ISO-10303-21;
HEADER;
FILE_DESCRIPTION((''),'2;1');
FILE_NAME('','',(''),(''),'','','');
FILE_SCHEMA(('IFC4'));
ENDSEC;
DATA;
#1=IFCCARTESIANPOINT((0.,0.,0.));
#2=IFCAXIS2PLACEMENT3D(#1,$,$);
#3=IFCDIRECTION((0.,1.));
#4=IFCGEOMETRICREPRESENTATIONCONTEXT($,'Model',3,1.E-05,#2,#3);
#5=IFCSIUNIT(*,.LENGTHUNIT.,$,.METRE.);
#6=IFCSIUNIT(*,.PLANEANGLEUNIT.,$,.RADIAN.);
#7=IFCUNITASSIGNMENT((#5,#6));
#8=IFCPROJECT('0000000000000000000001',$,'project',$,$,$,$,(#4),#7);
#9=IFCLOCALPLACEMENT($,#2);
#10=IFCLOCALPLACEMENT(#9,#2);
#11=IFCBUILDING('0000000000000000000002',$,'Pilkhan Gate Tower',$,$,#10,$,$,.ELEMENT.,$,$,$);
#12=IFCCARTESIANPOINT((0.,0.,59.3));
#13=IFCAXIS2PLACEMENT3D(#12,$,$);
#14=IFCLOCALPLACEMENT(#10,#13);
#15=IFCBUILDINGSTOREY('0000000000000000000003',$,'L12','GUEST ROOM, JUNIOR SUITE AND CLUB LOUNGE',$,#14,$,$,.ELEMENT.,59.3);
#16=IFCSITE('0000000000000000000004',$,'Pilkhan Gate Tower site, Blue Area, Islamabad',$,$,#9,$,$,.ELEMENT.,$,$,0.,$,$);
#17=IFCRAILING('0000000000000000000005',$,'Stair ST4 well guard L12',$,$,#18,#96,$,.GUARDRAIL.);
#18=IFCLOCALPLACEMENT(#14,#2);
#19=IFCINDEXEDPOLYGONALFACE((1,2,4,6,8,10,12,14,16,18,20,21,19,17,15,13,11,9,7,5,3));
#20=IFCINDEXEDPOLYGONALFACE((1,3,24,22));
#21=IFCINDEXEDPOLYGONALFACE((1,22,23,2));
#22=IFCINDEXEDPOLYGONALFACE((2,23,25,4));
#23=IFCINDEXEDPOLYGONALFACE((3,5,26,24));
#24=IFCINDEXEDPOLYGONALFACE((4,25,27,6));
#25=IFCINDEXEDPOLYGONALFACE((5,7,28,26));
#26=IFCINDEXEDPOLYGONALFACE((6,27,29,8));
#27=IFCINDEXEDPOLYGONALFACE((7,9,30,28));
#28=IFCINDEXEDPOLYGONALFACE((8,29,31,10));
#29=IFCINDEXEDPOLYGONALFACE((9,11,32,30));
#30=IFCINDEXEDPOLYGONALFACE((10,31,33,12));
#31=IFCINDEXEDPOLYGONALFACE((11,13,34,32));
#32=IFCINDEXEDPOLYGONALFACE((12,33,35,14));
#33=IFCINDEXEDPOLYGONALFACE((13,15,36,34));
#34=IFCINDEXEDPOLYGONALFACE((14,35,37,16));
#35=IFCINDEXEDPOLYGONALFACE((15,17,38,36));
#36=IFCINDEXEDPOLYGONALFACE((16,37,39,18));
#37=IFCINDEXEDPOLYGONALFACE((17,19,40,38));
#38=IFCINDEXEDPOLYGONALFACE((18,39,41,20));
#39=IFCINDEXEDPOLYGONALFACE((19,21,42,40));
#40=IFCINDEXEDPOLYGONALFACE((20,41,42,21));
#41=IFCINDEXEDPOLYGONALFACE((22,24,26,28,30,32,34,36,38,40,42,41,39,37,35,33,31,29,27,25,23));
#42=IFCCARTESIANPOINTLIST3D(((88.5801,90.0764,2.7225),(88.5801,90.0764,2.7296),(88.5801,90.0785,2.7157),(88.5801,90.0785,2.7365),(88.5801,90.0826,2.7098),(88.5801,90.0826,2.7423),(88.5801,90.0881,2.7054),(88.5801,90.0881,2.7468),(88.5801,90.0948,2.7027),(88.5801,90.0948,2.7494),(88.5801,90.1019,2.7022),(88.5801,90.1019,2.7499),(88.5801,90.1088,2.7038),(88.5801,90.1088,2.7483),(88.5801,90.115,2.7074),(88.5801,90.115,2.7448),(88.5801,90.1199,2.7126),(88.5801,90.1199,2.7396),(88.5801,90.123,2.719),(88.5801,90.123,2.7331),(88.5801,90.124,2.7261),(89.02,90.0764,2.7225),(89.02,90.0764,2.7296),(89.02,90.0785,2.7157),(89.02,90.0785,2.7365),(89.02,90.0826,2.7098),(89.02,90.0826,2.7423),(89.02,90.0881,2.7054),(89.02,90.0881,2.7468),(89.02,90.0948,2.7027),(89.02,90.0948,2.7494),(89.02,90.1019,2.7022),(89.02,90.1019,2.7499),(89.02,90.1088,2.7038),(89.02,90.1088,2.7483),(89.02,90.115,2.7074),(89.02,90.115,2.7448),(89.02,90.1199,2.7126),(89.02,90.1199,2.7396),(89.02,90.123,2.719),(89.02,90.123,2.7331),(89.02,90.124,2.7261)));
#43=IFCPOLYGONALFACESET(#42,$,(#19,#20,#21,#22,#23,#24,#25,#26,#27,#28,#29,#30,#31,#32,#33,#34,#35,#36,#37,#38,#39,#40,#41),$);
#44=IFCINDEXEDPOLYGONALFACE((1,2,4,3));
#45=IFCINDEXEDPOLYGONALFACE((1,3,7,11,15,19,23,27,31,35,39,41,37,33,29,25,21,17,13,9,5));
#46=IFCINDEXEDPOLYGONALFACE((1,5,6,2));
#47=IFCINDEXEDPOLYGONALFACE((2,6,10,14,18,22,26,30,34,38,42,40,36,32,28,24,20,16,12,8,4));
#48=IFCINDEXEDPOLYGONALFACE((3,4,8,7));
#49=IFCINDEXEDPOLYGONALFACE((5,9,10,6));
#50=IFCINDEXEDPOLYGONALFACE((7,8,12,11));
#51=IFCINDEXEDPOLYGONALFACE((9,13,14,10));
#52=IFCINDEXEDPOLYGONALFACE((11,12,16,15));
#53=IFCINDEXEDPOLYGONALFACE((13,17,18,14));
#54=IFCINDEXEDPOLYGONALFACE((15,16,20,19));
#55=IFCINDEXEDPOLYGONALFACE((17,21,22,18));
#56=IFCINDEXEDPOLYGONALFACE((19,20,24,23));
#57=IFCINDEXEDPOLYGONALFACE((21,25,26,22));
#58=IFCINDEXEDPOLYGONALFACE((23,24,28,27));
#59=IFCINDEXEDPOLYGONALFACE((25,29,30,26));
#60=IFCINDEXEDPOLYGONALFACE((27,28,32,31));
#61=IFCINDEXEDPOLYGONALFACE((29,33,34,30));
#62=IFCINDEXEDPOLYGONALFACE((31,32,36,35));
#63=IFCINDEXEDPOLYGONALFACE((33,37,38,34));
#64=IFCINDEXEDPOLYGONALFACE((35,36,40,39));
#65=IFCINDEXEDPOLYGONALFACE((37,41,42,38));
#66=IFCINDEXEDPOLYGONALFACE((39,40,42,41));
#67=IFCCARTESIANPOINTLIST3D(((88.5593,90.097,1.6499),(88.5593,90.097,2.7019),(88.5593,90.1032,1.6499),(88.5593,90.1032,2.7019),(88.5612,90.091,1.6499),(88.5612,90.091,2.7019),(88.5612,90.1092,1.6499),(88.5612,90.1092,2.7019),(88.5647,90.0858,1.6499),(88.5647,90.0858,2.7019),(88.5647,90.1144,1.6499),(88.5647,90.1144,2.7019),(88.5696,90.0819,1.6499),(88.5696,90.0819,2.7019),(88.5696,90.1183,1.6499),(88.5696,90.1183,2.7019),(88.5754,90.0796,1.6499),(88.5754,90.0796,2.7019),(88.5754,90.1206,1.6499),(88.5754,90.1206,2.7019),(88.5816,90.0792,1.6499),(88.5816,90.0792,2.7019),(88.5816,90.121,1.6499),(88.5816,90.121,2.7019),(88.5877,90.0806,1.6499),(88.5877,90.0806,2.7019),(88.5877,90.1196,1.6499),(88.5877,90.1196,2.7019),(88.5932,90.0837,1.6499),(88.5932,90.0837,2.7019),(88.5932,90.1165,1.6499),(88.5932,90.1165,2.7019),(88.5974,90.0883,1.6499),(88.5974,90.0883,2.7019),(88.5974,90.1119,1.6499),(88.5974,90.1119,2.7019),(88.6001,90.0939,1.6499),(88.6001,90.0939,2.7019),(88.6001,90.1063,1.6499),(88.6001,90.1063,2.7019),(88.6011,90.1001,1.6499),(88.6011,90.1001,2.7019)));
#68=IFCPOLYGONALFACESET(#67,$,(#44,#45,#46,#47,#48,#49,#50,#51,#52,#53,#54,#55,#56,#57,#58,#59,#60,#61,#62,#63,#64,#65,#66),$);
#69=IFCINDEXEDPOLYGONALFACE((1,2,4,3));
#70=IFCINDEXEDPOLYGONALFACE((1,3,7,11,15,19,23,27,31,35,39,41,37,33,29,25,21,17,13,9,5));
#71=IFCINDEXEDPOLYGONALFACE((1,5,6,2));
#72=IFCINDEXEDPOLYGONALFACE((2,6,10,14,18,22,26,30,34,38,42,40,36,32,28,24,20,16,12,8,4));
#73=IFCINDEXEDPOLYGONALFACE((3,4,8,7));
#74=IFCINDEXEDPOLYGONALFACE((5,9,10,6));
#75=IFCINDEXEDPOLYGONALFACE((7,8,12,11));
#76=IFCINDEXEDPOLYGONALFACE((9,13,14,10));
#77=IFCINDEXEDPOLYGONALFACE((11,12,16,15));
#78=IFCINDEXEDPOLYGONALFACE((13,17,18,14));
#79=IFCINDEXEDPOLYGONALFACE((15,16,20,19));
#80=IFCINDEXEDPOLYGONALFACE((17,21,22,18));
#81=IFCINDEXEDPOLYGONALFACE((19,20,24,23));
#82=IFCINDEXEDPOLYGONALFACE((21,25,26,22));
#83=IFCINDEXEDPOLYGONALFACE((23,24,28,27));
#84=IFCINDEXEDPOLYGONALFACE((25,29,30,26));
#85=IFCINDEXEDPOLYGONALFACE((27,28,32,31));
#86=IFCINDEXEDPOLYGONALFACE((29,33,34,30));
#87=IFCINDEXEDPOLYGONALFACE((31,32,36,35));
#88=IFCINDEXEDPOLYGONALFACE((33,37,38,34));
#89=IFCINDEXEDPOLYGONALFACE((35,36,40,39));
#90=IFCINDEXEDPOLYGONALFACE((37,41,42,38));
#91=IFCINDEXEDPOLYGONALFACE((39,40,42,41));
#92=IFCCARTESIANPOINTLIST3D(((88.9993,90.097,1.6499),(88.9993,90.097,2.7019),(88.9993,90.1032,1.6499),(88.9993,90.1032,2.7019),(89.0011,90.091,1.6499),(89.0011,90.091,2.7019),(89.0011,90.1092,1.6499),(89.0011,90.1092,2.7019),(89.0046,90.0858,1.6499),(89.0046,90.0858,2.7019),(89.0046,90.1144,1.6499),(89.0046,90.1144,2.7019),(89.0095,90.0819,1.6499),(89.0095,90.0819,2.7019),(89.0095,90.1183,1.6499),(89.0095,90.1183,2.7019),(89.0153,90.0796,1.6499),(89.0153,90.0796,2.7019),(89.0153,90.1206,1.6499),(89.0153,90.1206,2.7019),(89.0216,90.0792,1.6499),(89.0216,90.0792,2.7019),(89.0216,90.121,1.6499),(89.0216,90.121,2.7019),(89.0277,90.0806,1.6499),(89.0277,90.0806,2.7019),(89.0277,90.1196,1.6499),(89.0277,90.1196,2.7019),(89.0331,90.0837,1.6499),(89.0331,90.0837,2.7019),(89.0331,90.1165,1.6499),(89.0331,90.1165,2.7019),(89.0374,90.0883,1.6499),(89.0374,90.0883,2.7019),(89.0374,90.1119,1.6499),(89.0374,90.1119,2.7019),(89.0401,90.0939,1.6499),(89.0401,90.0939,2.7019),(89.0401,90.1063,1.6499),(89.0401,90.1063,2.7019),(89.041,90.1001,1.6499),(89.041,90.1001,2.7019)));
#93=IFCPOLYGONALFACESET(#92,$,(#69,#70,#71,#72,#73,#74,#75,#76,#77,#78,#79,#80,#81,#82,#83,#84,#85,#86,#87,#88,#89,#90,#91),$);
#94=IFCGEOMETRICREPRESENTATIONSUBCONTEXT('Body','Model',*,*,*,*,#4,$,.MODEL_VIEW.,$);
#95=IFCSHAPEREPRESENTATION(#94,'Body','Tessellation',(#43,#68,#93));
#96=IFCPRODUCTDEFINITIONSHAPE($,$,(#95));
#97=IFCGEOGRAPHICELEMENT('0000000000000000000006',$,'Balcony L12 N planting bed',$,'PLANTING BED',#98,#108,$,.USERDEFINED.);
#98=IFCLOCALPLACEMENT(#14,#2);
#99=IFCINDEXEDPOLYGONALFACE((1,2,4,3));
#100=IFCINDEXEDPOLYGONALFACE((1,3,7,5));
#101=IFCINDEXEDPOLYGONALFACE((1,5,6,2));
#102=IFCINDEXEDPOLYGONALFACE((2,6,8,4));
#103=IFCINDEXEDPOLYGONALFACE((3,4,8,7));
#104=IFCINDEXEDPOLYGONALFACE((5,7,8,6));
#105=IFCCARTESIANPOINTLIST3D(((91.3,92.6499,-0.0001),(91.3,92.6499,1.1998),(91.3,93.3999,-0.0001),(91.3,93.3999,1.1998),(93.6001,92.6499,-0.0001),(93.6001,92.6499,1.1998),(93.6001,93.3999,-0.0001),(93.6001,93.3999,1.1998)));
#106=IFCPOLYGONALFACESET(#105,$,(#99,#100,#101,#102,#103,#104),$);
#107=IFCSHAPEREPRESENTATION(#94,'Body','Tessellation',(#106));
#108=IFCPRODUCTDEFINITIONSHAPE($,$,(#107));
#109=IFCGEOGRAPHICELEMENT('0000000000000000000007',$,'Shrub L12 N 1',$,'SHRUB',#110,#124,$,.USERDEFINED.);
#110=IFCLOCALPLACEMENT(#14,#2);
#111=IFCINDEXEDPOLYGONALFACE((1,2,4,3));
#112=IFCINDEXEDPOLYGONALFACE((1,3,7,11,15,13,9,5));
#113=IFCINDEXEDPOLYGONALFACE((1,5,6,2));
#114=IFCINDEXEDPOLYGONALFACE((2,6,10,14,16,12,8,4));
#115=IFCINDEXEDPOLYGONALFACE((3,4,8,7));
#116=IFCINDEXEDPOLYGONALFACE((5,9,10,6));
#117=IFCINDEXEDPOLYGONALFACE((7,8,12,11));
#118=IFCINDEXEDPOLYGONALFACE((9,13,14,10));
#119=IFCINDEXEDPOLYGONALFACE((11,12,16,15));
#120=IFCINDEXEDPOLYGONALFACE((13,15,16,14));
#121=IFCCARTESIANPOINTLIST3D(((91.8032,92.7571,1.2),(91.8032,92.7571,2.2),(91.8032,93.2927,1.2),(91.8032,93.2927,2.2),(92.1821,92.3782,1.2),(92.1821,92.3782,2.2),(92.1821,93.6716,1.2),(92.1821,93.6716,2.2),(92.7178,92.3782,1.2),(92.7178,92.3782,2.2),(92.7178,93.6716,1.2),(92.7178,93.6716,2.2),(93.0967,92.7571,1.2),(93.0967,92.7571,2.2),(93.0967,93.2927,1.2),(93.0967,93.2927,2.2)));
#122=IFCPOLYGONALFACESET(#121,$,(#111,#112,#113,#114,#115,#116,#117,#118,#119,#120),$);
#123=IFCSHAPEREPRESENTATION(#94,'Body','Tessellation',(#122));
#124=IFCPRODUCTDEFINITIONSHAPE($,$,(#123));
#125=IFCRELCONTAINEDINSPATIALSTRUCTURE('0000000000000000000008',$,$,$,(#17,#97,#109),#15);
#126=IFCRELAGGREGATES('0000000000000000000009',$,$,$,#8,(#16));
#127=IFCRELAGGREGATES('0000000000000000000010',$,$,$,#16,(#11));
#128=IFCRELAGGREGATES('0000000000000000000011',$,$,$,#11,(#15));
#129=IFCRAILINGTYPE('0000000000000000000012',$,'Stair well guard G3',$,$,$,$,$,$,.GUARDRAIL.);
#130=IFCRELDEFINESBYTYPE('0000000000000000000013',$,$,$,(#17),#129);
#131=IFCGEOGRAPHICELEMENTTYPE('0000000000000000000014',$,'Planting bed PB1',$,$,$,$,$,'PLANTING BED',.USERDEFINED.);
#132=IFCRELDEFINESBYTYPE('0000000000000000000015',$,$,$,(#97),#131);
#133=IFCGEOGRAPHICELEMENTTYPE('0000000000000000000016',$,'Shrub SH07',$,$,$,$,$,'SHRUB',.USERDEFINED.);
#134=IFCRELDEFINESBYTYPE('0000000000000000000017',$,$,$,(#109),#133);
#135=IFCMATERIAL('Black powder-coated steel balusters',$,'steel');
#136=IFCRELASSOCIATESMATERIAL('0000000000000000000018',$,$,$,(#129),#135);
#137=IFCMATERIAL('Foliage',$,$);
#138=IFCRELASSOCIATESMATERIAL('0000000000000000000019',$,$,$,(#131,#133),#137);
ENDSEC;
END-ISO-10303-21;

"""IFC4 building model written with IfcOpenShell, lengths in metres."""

from ifc_helpers import new_model, si_unit, direction, frame, origin, origin_2d, place, context, subcontext, project, spatial, polyline, rectangle, circle, outline, extrude, material, material_profile, profile_set, type_object, element, save


model = new_model("IFC4")

# Units and contexts
model_context = context("Model", 3, precision=1e-05, world=origin(), true_north=direction((0.0, 1.0)))
body_context = subcontext(model_context, "Body", "Model", "MODEL_VIEW")
ifc_project = project(units=[si_unit("LENGTHUNIT", "METRE"), si_unit("PLANEANGLEUNIT", "RADIAN")], contexts=[model_context])

# Site, building, storey
site_placement = place(None, origin())
site = spatial("IfcSite", under=ifc_project, at=site_placement, Name="Pilkhan Gate Tower site, Blue Area, Islamabad", CompositionType="ELEMENT", RefElevation=0.0)
building_placement = place(site_placement, origin())
building = spatial("IfcBuilding", under=site, at=building_placement, Name="Pilkhan Gate Tower", CompositionType="ELEMENT")
storey_placement = place(building_placement, frame((0.0, 0.0, 59.3)))
storey = spatial("IfcBuildingStorey", under=building, at=storey_placement, Name="L12", Description="GUEST ROOM, JUNIOR SUITE AND CLUB LOUNGE", CompositionType="ELEMENT", Elevation=59.3)

# Railing
ifc_material_1 = material(Name="Black powder-coated steel balusters", Category="steel")
railing_type_1 = type_object("IfcRailingType", Name="Stair well guard G3", PredefinedType="GUARDRAIL", material=ifc_material_1)
railing_1_placement = place(storey_placement, frame((88.5801, 90.1001, 1.6499)))
element("IfcRailing", 1, at=railing_1_placement, inside=storey, type_object=railing_type_1, Name="Stair ST4 well guard L12", PredefinedType="GUARDRAIL", context=body_context, shape_type="SweptSolid", body=[
    extrude(circle(Radius=0.0239, at=origin_2d()), frame((0.0, 0.0, 1.0762), z_axis=(1.0, 0.0, 0.0), x_axis=(0.0, 1.0, 0.0)), (0.0, 0.0, 1.0), 0.4399),
    extrude(circle(Radius=0.021, at=origin_2d()), origin(), (0.0, 0.0, 1.0), 1.052),
    extrude(circle(Radius=0.021, at=origin_2d()), frame((0.4399, 0.0, 0.0)), (0.0, 0.0, 1.0), 1.052),
])

# Geographic elements
ifc_material_2 = material(Name="Foliage")
ifc_material_profile_1 = material_profile(ifc_material_2, rectangle(XDim=0.75, YDim=1.2, at=origin_2d()), Name="Bed 750x1200")
ifc_profile_set_1 = profile_set([ifc_material_profile_1], Name="Foliage")
geographic_element_type_1 = type_object("IfcGeographicElementType", Name="Planting bed PB1", ElementType="PLANTING BED", PredefinedType="USERDEFINED", material=ifc_profile_set_1)
geographic_element_1_placement = place(storey_placement, frame((91.3, 93.0249, 0.5999), z_axis=(1.0, 0.0, 0.0), x_axis=(0.0, 1.0, 0.0)))
element("IfcGeographicElement", 2, at=geographic_element_1_placement, inside=storey, type_object=geographic_element_type_1, Name="Balcony L12 N planting bed", ObjectType="PLANTING BED", PredefinedType="USERDEFINED", context=body_context, shape_type="SweptSolid", body=[
    extrude(rectangle(XDim=0.75, YDim=1.2, at=origin_2d()), origin(), (0.0, 0.0, 1.0), 2.3),
])
ifc_material_profile_2 = material_profile(ifc_material_2, outline(polyline([(0.6467, 0.2678), (0.2678, 0.6467), (-0.2678, 0.6467), (-0.6467, 0.2678), (-0.6467, -0.2678), (-0.2678, -0.6467), (0.2678, -0.6467), (0.6467, -0.2678), (0.6467, 0.2678)])), Name="Shrub D1.4")
ifc_profile_set_2 = profile_set([ifc_material_profile_2], Name="Foliage")
geographic_element_type_2 = type_object("IfcGeographicElementType", Name="Shrub SH07", ElementType="SHRUB", PredefinedType="USERDEFINED", material=ifc_profile_set_2)
geographic_element_2_placement = place(storey_placement, frame((92.45, 93.0249, 1.2), z_axis=(0.0, 0.0, 1.0), x_axis=(1.0, 0.0, 0.0)))
element("IfcGeographicElement", 3, at=geographic_element_2_placement, inside=storey, type_object=geographic_element_type_2, Name="Shrub L12 N 1", ObjectType="SHRUB", PredefinedType="USERDEFINED", context=body_context, shape_type="SweptSolid", body=[
    extrude(outline(polyline([(0.6467, 0.2678), (0.2678, 0.6467), (-0.2678, 0.6467), (-0.6467, 0.2678), (-0.6467, -0.2678), (-0.2678, -0.6467), (0.2678, -0.6467), (0.6467, -0.2678), (0.6467, 0.2678)])), origin(), (0.0, 0.0, 1.0), 1.0),
])

save(model, "model.ifc")
